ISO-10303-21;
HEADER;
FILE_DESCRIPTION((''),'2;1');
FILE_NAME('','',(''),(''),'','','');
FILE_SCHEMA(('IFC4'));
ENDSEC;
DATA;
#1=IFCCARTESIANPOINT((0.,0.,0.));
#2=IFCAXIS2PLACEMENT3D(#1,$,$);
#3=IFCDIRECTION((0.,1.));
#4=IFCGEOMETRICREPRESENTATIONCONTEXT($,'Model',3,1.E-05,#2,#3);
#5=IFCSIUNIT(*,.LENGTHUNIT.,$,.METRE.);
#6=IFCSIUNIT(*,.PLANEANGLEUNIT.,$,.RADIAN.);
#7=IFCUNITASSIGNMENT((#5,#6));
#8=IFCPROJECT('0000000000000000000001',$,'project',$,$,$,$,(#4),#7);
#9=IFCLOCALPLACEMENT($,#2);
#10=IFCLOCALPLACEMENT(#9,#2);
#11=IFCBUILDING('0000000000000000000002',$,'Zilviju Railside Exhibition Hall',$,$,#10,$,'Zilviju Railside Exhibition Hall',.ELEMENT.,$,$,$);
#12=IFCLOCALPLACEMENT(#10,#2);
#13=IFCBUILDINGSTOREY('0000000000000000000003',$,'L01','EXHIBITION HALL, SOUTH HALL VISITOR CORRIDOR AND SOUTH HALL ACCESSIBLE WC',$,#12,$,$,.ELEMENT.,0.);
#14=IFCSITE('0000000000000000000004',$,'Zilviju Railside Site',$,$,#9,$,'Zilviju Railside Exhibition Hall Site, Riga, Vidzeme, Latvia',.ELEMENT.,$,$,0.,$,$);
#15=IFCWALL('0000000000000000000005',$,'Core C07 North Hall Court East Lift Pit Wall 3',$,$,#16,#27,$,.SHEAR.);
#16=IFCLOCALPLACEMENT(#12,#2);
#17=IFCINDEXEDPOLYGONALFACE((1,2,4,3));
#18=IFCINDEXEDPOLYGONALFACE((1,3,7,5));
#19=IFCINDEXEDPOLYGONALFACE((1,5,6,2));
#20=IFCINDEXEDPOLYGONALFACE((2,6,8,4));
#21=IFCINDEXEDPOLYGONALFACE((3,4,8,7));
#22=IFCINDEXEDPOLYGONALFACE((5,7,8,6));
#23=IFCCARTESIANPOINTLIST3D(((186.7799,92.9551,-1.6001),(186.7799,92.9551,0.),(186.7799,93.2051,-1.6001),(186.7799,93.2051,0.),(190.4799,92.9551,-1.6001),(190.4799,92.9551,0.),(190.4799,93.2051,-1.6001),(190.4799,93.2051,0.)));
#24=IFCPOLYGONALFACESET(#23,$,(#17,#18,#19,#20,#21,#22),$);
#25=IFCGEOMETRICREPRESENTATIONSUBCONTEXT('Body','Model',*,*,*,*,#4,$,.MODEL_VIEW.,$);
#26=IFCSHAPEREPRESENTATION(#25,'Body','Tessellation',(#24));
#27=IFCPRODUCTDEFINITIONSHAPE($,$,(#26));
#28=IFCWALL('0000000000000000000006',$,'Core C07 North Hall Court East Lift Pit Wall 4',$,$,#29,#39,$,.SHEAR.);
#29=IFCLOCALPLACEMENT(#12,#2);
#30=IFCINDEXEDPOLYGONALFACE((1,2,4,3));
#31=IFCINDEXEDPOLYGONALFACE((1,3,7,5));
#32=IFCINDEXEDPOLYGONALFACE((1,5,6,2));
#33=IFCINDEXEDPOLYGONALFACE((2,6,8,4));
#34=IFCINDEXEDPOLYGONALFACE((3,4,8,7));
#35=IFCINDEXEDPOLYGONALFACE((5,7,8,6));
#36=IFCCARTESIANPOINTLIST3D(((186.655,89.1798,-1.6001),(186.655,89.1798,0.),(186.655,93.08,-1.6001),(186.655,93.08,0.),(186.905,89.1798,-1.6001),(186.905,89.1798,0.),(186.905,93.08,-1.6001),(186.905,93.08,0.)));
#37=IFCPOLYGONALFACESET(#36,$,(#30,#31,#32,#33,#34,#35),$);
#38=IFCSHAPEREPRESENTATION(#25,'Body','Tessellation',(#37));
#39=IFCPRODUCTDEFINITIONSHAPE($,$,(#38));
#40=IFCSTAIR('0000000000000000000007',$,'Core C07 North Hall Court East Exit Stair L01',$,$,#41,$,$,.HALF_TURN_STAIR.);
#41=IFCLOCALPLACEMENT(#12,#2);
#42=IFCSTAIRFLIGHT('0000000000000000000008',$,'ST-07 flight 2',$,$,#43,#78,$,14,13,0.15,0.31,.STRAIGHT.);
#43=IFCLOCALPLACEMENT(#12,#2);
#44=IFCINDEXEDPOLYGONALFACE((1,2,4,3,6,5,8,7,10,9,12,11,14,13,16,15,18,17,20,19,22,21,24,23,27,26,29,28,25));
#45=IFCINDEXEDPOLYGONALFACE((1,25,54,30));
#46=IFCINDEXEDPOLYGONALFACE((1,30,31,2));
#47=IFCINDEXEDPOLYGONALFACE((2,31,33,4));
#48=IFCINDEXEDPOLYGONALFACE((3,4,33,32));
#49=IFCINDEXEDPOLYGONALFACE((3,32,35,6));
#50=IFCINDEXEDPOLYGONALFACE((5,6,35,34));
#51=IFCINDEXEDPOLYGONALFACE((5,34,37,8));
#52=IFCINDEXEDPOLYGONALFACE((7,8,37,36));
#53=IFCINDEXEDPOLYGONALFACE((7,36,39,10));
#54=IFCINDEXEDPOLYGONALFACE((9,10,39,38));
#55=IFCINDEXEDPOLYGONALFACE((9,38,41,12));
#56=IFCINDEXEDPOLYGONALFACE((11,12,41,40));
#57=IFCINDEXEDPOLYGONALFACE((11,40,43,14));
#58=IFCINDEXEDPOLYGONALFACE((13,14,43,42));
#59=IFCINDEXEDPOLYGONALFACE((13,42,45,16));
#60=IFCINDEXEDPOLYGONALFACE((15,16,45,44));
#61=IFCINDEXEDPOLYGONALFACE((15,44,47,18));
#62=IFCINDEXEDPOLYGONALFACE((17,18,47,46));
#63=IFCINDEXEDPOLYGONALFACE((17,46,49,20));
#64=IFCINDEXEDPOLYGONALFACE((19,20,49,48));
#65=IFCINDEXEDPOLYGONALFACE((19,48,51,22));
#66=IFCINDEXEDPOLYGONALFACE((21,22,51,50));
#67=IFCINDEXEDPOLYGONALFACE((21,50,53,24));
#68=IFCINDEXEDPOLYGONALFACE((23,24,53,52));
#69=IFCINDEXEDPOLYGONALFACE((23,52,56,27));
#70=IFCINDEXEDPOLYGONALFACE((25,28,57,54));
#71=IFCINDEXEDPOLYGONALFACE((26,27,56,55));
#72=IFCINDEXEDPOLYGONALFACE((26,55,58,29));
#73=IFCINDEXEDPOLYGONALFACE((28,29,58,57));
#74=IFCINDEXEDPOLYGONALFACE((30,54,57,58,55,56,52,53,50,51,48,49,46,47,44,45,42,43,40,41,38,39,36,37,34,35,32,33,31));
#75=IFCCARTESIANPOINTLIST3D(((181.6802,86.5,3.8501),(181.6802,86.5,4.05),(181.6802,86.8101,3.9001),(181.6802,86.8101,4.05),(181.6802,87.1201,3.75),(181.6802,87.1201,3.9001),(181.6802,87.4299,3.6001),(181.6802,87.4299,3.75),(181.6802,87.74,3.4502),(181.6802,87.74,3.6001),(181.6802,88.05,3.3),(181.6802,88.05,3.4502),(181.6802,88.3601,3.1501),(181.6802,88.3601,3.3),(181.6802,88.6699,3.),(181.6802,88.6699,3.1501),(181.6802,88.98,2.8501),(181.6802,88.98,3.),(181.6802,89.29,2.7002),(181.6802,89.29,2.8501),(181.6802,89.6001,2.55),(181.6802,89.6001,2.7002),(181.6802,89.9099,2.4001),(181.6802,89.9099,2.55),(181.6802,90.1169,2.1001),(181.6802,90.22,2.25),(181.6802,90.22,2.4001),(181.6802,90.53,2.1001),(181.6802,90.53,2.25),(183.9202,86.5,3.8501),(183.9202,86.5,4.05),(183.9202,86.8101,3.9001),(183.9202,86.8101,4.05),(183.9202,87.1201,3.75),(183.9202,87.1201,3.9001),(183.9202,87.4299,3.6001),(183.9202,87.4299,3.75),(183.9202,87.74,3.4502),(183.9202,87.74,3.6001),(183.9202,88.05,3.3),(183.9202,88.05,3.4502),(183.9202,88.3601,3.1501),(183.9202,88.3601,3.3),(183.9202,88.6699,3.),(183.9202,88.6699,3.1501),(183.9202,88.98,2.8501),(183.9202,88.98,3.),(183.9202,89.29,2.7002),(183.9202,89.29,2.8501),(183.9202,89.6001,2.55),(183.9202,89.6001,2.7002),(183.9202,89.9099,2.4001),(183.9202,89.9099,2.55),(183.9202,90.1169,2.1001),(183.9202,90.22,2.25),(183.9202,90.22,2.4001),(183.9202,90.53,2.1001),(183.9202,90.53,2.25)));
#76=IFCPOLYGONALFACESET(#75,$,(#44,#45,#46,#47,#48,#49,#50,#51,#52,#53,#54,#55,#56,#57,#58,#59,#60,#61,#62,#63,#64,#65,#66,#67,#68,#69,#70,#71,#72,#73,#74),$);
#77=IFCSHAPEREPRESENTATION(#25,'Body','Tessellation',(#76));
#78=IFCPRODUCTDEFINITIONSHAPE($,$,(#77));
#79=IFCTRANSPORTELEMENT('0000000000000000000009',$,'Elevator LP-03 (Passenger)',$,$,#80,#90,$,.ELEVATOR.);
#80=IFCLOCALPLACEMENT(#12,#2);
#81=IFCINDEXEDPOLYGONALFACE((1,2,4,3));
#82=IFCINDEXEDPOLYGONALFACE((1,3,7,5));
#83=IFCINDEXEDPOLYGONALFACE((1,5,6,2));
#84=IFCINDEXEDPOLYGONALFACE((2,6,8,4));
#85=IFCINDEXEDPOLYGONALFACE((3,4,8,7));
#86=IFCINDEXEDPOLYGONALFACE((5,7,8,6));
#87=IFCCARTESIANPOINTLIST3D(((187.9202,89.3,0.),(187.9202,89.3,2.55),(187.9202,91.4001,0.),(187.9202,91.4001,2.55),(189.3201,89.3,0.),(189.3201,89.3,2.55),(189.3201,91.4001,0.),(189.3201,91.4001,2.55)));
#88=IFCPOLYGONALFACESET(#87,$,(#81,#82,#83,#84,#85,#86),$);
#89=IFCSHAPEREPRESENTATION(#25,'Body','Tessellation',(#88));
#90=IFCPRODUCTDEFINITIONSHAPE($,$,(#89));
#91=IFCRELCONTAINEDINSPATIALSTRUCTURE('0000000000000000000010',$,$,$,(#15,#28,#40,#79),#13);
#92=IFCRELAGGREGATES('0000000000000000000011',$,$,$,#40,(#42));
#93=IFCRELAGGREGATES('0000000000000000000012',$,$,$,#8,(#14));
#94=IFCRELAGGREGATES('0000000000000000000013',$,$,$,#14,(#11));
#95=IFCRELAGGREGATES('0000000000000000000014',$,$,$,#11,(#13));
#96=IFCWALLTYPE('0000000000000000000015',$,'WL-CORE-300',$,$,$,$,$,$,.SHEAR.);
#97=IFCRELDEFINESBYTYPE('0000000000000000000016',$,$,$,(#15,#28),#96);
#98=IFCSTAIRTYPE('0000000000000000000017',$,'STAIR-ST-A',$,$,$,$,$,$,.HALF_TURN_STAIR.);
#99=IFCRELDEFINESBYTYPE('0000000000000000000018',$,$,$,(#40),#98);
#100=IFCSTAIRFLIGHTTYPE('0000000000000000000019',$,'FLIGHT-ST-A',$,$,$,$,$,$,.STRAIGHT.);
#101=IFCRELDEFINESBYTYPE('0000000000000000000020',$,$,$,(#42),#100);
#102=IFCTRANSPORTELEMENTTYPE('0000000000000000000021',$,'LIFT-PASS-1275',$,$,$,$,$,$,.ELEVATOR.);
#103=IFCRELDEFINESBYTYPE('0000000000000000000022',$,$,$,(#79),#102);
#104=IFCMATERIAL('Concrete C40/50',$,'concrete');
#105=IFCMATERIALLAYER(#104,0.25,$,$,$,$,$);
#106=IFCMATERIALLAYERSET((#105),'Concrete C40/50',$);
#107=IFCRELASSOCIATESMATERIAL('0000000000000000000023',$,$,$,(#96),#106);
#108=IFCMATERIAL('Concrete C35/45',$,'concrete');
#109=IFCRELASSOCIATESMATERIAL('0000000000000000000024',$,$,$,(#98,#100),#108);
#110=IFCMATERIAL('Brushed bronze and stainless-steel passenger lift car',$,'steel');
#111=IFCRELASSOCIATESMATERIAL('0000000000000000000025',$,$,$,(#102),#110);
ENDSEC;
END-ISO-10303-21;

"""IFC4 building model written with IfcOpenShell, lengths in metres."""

from ifc_helpers import new_model, si_unit, direction, frame, frame_2d, origin, origin_2d, place, context, subcontext, project, spatial, polyline, rectangle, outline, extrude, material, layer, layer_set, type_object, element, aggregate, save


model = new_model("IFC4")

# Units and contexts
model_context = context("Model", 3, precision=1e-05, world=origin(), true_north=direction((0.0, 1.0)))
body_context = subcontext(model_context, "Body", "Model", "MODEL_VIEW")
ifc_project = project(units=[si_unit("LENGTHUNIT", "METRE"), si_unit("PLANEANGLEUNIT", "RADIAN")], contexts=[model_context])

# Site, building, storey
site_placement = place(None, origin())
site = spatial("IfcSite", under=ifc_project, at=site_placement, Name="Zilviju Railside Site", LongName="Zilviju Railside Exhibition Hall Site, Riga, Vidzeme, Latvia", CompositionType="ELEMENT", RefElevation=0.0)
building_placement = place(site_placement, origin())
building = spatial("IfcBuilding", under=site, at=building_placement, Name="Zilviju Railside Exhibition Hall", LongName="Zilviju Railside Exhibition Hall", CompositionType="ELEMENT")
storey_placement = place(building_placement, origin())
storey = spatial("IfcBuildingStorey", under=building, at=storey_placement, Name="L01", Description="EXHIBITION HALL, SOUTH HALL VISITOR CORRIDOR AND SOUTH HALL ACCESSIBLE WC", CompositionType="ELEMENT", Elevation=0.0)

# Shared definitions
ifc_material_1 = material(Name="Concrete C35/45", Category="concrete")
ifc_material_2 = material(Name="Concrete C40/50", Category="concrete")

# Walls
ifc_layer_1 = layer(ifc_material_2, 0.25)
ifc_layer_set_1 = layer_set([ifc_layer_1], Name="Concrete C40/50")
wall_type_1 = type_object("IfcWallType", Name="WL-CORE-300", PredefinedType="SHEAR", material=ifc_layer_set_1)
wall_1_placement = place(storey_placement, frame((190.48, 93.0801, -1.6001), z_axis=(0.0, 0.0, 1.0), x_axis=(-1.0, 0.0, 0.0)))
element("IfcWall", 1, at=wall_1_placement, inside=storey, type_object=wall_type_1, Name="Core C07 North Hall Court East Lift Pit Wall 3", PredefinedType="SHEAR", context=body_context, shape_type="SweptSolid", body=[
    extrude(rectangle(XDim=3.7, YDim=0.25, at=frame_2d((1.8501, 0.0))), origin(), (0.0, 0.0, 1.0), 1.6001),
])
wall_2_placement = place(storey_placement, frame((186.78, 93.0801, -1.6001), z_axis=(0.0, 0.0, 1.0), x_axis=(0.0, -1.0, 0.0)))
element("IfcWall", 2, at=wall_2_placement, inside=storey, type_object=wall_type_1, Name="Core C07 North Hall Court East Lift Pit Wall 4", PredefinedType="SHEAR", context=body_context, shape_type="SweptSolid", body=[
    extrude(rectangle(XDim=3.9001, YDim=0.25, at=frame_2d((1.9502, 0.0))), origin(), (0.0, 0.0, 1.0), 1.6001),
])

# Stair, stair flight
stair_type = type_object("IfcStairType", Name="STAIR-ST-A", PredefinedType="HALF_TURN_STAIR", material=ifc_material_1)
stair_placement = place(storey_placement, origin())
stair = element("IfcStair", 3, at=stair_placement, inside=storey, type_object=stair_type, Name="Core C07 North Hall Court East Exit Stair L01", PredefinedType="HALF_TURN_STAIR")
stair_flight_type = type_object("IfcStairFlightType", Name="FLIGHT-ST-A", PredefinedType="STRAIGHT", material=ifc_material_1)
stair_flight_placement = place(storey_placement, frame((182.8, 90.53, 2.1001), z_axis=(0.0, 0.0, 1.0), x_axis=(0.0, -1.0, 0.0)))
stair_flight = element("IfcStairFlight", 4, at=stair_flight_placement, type_object=stair_flight_type, Name="ST-07 flight 2", NumberOfRisers=14, NumberOfTreads=13, PredefinedType="STRAIGHT", RiserHeight=0.15, TreadLength=0.31, context=body_context, shape_type="SweptSolid", body=[
    extrude(outline(polyline([(0.0, 0.0), (0.0, 0.1499), (0.3101, 0.1499), (0.3101, 0.3), (0.6201, 0.3), (0.6201, 0.45), (0.9299, 0.45), (0.9299, 0.6001), (1.24, 0.6001), (1.24, 0.75), (1.55, 0.75), (1.55, 0.8999), (1.8601, 0.8999), (1.8601, 1.05), (2.1699, 1.05), (2.1699, 1.2), (2.48, 1.2), (2.48, 1.3501), (2.79, 1.3501), (2.79, 1.5), (3.1001, 1.5), (3.1001, 1.6499), (3.4099, 1.6499), (3.4099, 1.8), (3.72, 1.8), (3.72, 1.95), (4.03, 1.95), (4.03, 2.1001), (4.03, 1.75), (0.4131, 0.0), (0.0, 0.0)])), frame((0.0, 1.1201, 0.0), z_axis=(0.0, -1.0, 0.0), x_axis=(1.0, 0.0, 0.0)), (0.0, 0.0, 1.0), 2.24),
])
aggregate(stair, [stair_flight])

# Transport element
ifc_material_3 = material(Name="Brushed bronze and stainless-steel passenger lift car", Category="steel")
transport_element_type = type_object("IfcTransportElementType", Name="LIFT-PASS-1275", PredefinedType="ELEVATOR", material=ifc_material_3)
transport_element_placement = place(storey_placement, frame((188.6201, 90.3501, 0.0), z_axis=(0.0, 0.0, 1.0), x_axis=(1.0, 0.0, 0.0)))
element("IfcTransportElement", 5, at=transport_element_placement, inside=storey, type_object=transport_element_type, Name="Elevator LP-03 (Passenger)", PredefinedType="ELEVATOR", context=body_context, shape_type="SweptSolid", body=[
    extrude(rectangle(XDim=1.3999, YDim=2.1001, at=origin_2d()), origin(), (0.0, 0.0, 1.0), 2.55),
])

save(model, "model.ifc")
